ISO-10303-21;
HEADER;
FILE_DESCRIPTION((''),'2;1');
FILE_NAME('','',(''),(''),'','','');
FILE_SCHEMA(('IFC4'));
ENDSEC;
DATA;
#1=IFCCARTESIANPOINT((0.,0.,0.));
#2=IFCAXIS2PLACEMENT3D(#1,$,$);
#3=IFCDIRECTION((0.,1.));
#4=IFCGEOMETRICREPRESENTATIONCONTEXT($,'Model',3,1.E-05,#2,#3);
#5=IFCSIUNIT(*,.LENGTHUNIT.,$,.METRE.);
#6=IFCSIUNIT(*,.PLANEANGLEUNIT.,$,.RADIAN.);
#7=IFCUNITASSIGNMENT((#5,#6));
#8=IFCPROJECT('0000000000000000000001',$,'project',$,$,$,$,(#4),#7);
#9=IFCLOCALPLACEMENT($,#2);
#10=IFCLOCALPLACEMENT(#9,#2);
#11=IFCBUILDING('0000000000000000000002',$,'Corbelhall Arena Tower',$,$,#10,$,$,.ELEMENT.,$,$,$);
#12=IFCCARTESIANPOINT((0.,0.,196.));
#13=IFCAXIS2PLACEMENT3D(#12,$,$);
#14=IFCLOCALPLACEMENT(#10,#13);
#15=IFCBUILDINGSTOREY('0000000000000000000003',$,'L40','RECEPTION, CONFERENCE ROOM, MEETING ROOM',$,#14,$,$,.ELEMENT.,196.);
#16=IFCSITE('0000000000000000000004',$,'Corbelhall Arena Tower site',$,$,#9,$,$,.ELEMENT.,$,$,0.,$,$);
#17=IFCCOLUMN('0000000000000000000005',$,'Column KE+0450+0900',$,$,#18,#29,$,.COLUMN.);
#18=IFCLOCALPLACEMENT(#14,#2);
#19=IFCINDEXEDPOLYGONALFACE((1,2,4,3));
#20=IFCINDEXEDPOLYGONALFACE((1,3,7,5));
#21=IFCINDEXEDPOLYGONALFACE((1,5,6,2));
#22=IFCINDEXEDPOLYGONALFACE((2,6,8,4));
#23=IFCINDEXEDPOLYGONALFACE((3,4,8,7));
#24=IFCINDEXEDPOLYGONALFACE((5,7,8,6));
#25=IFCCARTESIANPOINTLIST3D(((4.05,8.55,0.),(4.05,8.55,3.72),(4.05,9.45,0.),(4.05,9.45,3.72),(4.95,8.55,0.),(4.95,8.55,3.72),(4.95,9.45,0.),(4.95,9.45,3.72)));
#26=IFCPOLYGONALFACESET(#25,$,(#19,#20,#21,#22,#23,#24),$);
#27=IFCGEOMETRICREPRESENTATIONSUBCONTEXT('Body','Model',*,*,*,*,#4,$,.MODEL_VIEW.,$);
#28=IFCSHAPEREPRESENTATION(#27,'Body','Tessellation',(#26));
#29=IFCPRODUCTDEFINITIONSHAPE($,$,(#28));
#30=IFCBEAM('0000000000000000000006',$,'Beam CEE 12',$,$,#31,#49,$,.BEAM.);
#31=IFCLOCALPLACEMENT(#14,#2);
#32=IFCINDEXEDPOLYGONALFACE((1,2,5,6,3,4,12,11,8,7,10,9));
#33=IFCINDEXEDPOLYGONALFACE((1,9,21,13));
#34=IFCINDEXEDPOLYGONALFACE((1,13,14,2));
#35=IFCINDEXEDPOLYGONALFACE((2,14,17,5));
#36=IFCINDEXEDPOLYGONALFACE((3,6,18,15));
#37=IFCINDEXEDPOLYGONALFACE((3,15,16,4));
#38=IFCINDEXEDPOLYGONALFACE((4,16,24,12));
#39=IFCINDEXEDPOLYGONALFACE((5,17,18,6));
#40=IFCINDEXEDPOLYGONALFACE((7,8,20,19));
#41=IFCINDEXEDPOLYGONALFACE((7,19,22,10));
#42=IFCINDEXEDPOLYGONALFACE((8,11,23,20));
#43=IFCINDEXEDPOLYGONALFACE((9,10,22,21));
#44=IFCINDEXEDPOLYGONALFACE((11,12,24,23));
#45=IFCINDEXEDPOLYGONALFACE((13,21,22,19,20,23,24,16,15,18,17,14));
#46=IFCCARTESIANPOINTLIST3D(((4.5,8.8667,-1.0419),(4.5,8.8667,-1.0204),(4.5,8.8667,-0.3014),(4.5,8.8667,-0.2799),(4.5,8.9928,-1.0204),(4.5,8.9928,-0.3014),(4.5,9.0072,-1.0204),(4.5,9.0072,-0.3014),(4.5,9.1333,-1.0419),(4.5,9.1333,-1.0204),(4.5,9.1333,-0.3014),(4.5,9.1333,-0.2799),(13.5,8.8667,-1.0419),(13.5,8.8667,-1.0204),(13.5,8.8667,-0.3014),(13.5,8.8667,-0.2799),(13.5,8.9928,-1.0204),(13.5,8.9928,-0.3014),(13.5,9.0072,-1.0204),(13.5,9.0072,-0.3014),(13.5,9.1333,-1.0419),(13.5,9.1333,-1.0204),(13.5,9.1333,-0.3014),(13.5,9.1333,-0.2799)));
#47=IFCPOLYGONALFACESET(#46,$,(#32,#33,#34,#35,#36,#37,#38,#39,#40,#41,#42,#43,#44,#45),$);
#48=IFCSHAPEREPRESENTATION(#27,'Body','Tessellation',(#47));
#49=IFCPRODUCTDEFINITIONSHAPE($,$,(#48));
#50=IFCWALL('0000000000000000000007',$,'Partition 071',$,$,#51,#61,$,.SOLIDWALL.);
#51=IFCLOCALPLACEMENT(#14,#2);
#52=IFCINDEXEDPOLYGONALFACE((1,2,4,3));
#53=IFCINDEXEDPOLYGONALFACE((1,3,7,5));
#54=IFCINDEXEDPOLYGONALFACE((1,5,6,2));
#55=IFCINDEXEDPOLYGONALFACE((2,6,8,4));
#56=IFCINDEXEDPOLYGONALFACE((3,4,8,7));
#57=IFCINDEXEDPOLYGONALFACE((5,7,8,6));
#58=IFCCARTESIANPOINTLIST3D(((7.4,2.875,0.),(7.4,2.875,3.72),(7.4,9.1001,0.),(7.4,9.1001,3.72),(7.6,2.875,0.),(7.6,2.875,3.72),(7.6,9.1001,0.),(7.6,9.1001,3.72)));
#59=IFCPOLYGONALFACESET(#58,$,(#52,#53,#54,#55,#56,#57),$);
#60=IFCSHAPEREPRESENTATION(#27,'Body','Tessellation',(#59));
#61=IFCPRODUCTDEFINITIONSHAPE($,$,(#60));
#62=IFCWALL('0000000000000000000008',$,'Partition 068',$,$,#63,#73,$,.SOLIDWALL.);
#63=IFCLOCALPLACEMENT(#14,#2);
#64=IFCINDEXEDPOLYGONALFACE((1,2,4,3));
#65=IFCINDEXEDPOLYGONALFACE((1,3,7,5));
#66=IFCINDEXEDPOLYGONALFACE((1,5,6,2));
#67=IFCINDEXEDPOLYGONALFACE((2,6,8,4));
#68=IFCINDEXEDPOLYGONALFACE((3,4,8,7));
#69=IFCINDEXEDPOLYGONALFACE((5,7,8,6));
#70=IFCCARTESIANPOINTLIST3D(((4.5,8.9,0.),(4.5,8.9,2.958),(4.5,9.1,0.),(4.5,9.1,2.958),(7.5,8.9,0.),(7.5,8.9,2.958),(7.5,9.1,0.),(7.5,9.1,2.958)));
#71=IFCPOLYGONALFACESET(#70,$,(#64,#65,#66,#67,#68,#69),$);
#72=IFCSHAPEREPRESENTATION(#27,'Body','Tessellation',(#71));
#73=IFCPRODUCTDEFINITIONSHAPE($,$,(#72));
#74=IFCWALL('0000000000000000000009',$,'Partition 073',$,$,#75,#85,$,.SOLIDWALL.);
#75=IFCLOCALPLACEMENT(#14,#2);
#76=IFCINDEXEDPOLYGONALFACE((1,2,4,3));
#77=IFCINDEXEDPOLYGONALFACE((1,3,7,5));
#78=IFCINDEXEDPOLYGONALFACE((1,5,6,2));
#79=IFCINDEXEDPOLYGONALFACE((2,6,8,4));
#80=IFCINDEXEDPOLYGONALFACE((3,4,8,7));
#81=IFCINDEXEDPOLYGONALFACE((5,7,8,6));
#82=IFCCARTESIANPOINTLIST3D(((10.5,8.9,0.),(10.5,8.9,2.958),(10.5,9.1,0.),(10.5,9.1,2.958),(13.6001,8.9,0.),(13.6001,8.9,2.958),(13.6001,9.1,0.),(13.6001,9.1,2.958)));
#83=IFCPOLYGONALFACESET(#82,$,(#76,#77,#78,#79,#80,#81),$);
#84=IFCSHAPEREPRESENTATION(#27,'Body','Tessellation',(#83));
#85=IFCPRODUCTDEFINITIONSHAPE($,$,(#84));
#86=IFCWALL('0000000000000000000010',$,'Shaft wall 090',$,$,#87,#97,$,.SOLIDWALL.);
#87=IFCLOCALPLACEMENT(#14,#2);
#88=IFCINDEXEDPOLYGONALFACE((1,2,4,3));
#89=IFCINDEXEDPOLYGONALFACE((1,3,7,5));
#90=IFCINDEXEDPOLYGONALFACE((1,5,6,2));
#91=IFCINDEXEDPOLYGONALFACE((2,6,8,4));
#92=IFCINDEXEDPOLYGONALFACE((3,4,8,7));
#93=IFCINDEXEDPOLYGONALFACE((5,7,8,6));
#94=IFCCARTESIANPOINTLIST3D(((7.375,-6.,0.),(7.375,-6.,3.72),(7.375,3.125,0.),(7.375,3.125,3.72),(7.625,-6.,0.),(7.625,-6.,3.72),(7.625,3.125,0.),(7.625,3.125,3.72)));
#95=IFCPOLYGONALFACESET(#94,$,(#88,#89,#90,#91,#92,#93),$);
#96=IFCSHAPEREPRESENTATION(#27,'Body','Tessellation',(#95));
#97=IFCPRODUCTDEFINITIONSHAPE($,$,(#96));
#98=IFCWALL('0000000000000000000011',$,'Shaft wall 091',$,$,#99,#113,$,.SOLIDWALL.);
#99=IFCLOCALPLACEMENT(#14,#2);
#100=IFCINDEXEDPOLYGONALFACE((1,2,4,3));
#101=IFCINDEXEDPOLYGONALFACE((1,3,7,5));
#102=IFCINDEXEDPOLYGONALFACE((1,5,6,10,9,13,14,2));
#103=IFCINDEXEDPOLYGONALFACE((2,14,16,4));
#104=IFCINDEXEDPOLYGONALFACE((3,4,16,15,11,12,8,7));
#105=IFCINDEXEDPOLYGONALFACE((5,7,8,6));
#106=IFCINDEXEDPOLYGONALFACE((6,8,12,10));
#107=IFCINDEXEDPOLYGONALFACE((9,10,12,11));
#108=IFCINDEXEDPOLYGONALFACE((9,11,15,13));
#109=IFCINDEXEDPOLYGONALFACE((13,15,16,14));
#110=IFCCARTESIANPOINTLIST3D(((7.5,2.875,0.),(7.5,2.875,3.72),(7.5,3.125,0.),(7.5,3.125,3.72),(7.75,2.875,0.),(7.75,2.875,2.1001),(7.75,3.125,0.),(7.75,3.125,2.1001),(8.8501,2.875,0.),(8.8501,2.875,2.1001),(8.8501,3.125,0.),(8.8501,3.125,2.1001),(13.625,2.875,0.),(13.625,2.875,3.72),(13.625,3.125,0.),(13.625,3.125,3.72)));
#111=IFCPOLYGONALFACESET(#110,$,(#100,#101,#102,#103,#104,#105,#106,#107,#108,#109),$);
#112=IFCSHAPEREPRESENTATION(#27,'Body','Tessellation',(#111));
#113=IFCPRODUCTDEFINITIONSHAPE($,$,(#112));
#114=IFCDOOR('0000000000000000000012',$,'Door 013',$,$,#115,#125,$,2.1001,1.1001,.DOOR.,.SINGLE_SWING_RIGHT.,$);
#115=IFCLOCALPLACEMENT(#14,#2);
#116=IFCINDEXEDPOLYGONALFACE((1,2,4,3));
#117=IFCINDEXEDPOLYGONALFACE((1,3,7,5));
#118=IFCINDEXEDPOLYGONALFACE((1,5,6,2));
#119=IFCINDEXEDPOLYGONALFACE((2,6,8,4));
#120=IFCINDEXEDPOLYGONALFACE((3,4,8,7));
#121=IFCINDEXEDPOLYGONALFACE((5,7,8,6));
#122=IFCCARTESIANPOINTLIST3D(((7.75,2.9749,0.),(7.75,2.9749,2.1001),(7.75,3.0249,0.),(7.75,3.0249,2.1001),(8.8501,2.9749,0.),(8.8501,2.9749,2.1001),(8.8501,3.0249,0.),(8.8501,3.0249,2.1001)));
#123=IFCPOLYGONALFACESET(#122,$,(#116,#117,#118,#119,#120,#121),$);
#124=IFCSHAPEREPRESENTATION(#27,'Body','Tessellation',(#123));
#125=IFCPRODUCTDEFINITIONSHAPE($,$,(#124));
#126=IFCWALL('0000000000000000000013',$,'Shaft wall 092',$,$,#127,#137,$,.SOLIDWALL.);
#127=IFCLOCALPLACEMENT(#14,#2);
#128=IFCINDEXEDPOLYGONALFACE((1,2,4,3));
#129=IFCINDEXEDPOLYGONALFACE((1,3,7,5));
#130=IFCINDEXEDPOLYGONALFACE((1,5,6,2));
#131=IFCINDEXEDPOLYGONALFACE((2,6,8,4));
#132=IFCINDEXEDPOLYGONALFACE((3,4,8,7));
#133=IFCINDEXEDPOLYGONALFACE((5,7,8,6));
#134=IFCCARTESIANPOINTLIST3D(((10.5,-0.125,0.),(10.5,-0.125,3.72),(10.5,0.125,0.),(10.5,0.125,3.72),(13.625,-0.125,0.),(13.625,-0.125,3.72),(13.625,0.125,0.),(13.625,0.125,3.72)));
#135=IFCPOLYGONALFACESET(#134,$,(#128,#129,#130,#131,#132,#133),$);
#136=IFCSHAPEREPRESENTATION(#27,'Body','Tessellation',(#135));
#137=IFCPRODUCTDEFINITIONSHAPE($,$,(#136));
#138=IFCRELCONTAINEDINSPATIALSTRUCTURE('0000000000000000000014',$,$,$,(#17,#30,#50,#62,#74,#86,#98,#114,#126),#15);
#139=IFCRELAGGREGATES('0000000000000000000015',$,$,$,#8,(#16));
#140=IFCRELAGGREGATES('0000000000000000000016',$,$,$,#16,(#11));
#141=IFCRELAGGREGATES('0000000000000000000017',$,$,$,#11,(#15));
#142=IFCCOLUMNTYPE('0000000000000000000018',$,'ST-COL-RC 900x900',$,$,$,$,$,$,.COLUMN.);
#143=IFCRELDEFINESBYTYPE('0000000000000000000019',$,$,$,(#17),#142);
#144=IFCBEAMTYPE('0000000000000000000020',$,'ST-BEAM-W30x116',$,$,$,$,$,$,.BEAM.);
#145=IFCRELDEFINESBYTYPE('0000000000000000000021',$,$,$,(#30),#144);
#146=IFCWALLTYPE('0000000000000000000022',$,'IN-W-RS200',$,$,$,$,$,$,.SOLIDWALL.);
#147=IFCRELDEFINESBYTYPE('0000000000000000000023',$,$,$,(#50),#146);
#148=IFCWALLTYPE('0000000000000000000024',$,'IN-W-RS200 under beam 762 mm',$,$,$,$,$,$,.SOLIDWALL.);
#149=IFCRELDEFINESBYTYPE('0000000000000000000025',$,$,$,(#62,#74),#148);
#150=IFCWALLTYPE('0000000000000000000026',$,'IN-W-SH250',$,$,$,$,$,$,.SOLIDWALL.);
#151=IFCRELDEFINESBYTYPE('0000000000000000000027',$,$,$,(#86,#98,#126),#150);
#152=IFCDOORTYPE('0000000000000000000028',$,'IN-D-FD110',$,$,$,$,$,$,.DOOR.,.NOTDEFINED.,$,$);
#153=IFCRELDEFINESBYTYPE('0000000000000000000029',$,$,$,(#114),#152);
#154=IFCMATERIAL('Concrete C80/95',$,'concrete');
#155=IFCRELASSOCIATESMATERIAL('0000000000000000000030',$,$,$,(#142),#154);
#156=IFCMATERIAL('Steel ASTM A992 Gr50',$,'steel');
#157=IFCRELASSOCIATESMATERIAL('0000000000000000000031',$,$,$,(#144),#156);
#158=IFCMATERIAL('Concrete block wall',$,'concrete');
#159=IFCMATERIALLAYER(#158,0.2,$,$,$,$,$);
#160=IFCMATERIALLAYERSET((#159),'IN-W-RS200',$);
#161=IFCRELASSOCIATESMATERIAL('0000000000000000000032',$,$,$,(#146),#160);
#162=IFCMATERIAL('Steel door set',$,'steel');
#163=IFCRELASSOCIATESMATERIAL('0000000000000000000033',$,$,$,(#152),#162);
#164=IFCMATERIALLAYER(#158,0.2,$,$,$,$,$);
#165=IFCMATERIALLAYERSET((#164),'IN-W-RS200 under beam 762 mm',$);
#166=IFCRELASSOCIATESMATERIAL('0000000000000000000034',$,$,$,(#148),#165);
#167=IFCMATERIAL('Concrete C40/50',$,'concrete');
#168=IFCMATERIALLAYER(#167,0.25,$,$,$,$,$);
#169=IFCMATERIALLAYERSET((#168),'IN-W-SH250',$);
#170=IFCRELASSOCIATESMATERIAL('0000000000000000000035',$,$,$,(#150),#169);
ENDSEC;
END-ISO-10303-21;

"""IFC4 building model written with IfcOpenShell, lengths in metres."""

from ifc_helpers import new_model, si_unit, direction, frame, frame_2d, origin, origin_2d, place, context, subcontext, project, spatial, rectangle, i_section, extrude, material, layer, layer_set, material_profile, profile_set, type_object, element, fill, save


model = new_model("IFC4")

# Units and contexts
model_context = context("Model", 3, precision=1e-05, world=origin(), true_north=direction((0.0, 1.0)))
body_context = subcontext(model_context, "Body", "Model", "MODEL_VIEW")
ifc_project = project(units=[si_unit("LENGTHUNIT", "METRE"), si_unit("PLANEANGLEUNIT", "RADIAN")], contexts=[model_context])

# Site, building, storey
site_placement = place(None, origin())
site = spatial("IfcSite", under=ifc_project, at=site_placement, Name="Corbelhall Arena Tower site", CompositionType="ELEMENT", RefElevation=0.0)
building_placement = place(site_placement, origin())
building = spatial("IfcBuilding", under=site, at=building_placement, Name="Corbelhall Arena Tower", CompositionType="ELEMENT")
storey_placement = place(building_placement, frame((0.0, 0.0, 196.0)))
storey = spatial("IfcBuildingStorey", under=building, at=storey_placement, Name="L40", Description="RECEPTION, CONFERENCE ROOM, MEETING ROOM", CompositionType="ELEMENT", Elevation=196.0)

# Column
ifc_material_1 = material(Name="Concrete C80/95", Category="concrete")
ifc_material_profile_1 = material_profile(ifc_material_1, rectangle(XDim=0.8999, YDim=0.8999, at=origin_2d()))
ifc_profile_set_1 = profile_set([ifc_material_profile_1], Name="Concrete C80/95")
column_type = type_object("IfcColumnType", Name="ST-COL-RC 900x900", PredefinedType="COLUMN", material=ifc_profile_set_1)
column_placement = place(storey_placement, frame((4.5, 9.0, 0.0), z_axis=(0.0, 0.0, 1.0), x_axis=(1.0, 0.0, 0.0)))
element("IfcColumn", 1, at=column_placement, inside=storey, type_object=column_type, Name="Column KE+0450+0900", PredefinedType="COLUMN", context=body_context, shape_type="SweptSolid", body=[
    extrude(rectangle(XDim=0.8999, YDim=0.8999, at=origin_2d()), origin(), (0.0, 0.0, 1.0), 3.72),
])

# Beam
ifc_material_2 = material(Name="Steel ASTM A992 Gr50", Category="steel")
ifc_material_profile_2 = material_profile(ifc_material_2, i_section(OverallWidth=0.2666, OverallDepth=0.762, WebThickness=0.0144, FlangeThickness=0.0215, at=origin_2d()))
ifc_profile_set_2 = profile_set([ifc_material_profile_2], Name="Steel ASTM A992 Gr50")
beam_type = type_object("IfcBeamType", Name="ST-BEAM-W30x116", PredefinedType="BEAM", material=ifc_profile_set_2)
beam_placement = place(storey_placement, frame((4.5, 9.0, -0.6609), z_axis=(1.0, 0.0, 0.0), x_axis=(0.0, 1.0, 0.0)))
element("IfcBeam", 2, at=beam_placement, inside=storey, type_object=beam_type, Name="Beam CEE 12", PredefinedType="BEAM", context=body_context, shape_type="SweptSolid", body=[
    extrude(i_section(OverallWidth=0.2666, OverallDepth=0.762, WebThickness=0.0144, FlangeThickness=0.0215, at=origin_2d()), origin(), (0.0, 0.0, 1.0), 9.0),
])

# Wall
ifc_material_3 = material(Name="Concrete block wall", Category="concrete")
ifc_layer_1 = layer(ifc_material_3, 0.2)
ifc_layer_set_1 = layer_set([ifc_layer_1], Name="IN-W-RS200")
wall_type_1 = type_object("IfcWallType", Name="IN-W-RS200", PredefinedType="SOLIDWALL", material=ifc_layer_set_1)
wall_1_placement = place(storey_placement, frame((7.5, 9.1001, 0.0), z_axis=(0.0, 0.0, 1.0), x_axis=(0.0, -1.0, 0.0)))
element("IfcWall", 3, at=wall_1_placement, inside=storey, type_object=wall_type_1, Name="Partition 071", PredefinedType="SOLIDWALL", context=body_context, shape_type="SweptSolid", body=[
    extrude(rectangle(XDim=6.2251, YDim=0.2, at=frame_2d((3.1125, 0.0))), origin(), (0.0, 0.0, 1.0), 3.72),
])

# Shared definitions
ifc_material_4 = material(Name="Steel door set", Category="steel")
door_type_1 = type_object("IfcDoorType", Name="IN-D-FD110", OperationType="NOTDEFINED", PredefinedType="DOOR", material=ifc_material_4)

# Walls
ifc_layer_2 = layer(ifc_material_3, 0.2)
ifc_layer_set_2 = layer_set([ifc_layer_2], Name="IN-W-RS200 under beam 762 mm")
wall_type_2 = type_object("IfcWallType", Name="IN-W-RS200 under beam 762 mm", PredefinedType="SOLIDWALL", material=ifc_layer_set_2)
wall_2_placement = place(storey_placement, frame((4.5, 9.0, 0.0), z_axis=(0.0, 0.0, 1.0), x_axis=(1.0, 0.0, 0.0)))
element("IfcWall", 4, at=wall_2_placement, inside=storey, type_object=wall_type_2, Name="Partition 068", PredefinedType="SOLIDWALL", context=body_context, shape_type="SweptSolid", body=[
    extrude(rectangle(XDim=3.0, YDim=0.2, at=frame_2d((1.5, 0.0))), origin(), (0.0, 0.0, 1.0), 2.958),
])
wall_3_placement = place(storey_placement, frame((10.5, 9.0, 0.0), z_axis=(0.0, 0.0, 1.0), x_axis=(1.0, 0.0, 0.0)))
element("IfcWall", 5, at=wall_3_placement, inside=storey, type_object=wall_type_2, Name="Partition 073", PredefinedType="SOLIDWALL", context=body_context, shape_type="SweptSolid", body=[
    extrude(rectangle(XDim=3.1001, YDim=0.2, at=frame_2d((1.55, 0.0))), origin(), (0.0, 0.0, 1.0), 2.958),
])
ifc_material_5 = material(Name="Concrete C40/50", Category="concrete")
ifc_layer_3 = layer(ifc_material_5, 0.25)
ifc_layer_set_3 = layer_set([ifc_layer_3], Name="IN-W-SH250")
wall_type_3 = type_object("IfcWallType", Name="IN-W-SH250", PredefinedType="SOLIDWALL", material=ifc_layer_set_3)
wall_4_placement = place(storey_placement, frame((7.5, 3.125, 0.0), z_axis=(0.0, 0.0, 1.0), x_axis=(0.0, -1.0, 0.0)))
element("IfcWall", 6, at=wall_4_placement, inside=storey, type_object=wall_type_3, Name="Shaft wall 090", PredefinedType="SOLIDWALL", context=body_context, shape_type="SweptSolid", body=[
    extrude(rectangle(XDim=9.125, YDim=0.25, at=frame_2d((4.5625, 0.0))), origin(), (0.0, 0.0, 1.0), 3.72),
])

# Wall, opening, door
wall_5_placement = place(storey_placement, frame((7.5, 3.0, 0.0), z_axis=(0.0, 0.0, 1.0), x_axis=(1.0, 0.0, 0.0)))
wall_5 = element("IfcWall", 7, at=wall_5_placement, inside=storey, type_object=wall_type_3, Name="Shaft wall 091", PredefinedType="SOLIDWALL", context=body_context, shape_type="SweptSolid", body=[
    extrude(rectangle(XDim=6.125, YDim=0.25, at=frame_2d((3.0625, 0.0))), origin(), (0.0, 0.0, 1.0), 3.72),
])
opening_1_placement = place(wall_5_placement, frame((0.25, 0.0, 0.0)))
opening_1 = element("IfcOpeningElement", 8, at=opening_1_placement, cuts=wall_5, PredefinedType="OPENING", context=body_context, shape_type="SweptSolid", body=[
    extrude(rectangle(XDim=1.1001, YDim=2.1001, at=frame_2d((0.55, 1.05))), frame((0.0, 0.125, 0.0), z_axis=(0.0, -1.0, 0.0), x_axis=(1.0, 0.0, 0.0)), (0.0, 0.0, 1.0), 0.25),
])
door_1_placement = place(opening_1_placement, origin())
door_1 = element("IfcDoor", 9, at=door_1_placement, inside=storey, type_object=door_type_1, Name="Door 013", OperationType="SINGLE_SWING_RIGHT", OverallHeight=2.1001, OverallWidth=1.1001, PredefinedType="DOOR", context=body_context, shape_type="SweptSolid", body=[
    extrude(rectangle(XDim=1.1001, YDim=2.1001, at=frame_2d((0.55, 1.05))), frame((0.0, 0.0249, 0.0), z_axis=(0.0, -1.0, 0.0), x_axis=(1.0, 0.0, 0.0)), (0.0, 0.0, 1.0), 0.05),
])
fill(opening_1, door_1)

# Wall
wall_6_placement = place(storey_placement, frame((10.5, 0.0, 0.0), z_axis=(0.0, 0.0, 1.0), x_axis=(1.0, 0.0, 0.0)))
element("IfcWall", 10, at=wall_6_placement, inside=storey, type_object=wall_type_3, Name="Shaft wall 092", PredefinedType="SOLIDWALL", context=body_context, shape_type="SweptSolid", body=[
    extrude(rectangle(XDim=3.125, YDim=0.25, at=frame_2d((1.5625, 0.0))), origin(), (0.0, 0.0, 1.0), 3.72),
])

save(model, "model.ifc")
